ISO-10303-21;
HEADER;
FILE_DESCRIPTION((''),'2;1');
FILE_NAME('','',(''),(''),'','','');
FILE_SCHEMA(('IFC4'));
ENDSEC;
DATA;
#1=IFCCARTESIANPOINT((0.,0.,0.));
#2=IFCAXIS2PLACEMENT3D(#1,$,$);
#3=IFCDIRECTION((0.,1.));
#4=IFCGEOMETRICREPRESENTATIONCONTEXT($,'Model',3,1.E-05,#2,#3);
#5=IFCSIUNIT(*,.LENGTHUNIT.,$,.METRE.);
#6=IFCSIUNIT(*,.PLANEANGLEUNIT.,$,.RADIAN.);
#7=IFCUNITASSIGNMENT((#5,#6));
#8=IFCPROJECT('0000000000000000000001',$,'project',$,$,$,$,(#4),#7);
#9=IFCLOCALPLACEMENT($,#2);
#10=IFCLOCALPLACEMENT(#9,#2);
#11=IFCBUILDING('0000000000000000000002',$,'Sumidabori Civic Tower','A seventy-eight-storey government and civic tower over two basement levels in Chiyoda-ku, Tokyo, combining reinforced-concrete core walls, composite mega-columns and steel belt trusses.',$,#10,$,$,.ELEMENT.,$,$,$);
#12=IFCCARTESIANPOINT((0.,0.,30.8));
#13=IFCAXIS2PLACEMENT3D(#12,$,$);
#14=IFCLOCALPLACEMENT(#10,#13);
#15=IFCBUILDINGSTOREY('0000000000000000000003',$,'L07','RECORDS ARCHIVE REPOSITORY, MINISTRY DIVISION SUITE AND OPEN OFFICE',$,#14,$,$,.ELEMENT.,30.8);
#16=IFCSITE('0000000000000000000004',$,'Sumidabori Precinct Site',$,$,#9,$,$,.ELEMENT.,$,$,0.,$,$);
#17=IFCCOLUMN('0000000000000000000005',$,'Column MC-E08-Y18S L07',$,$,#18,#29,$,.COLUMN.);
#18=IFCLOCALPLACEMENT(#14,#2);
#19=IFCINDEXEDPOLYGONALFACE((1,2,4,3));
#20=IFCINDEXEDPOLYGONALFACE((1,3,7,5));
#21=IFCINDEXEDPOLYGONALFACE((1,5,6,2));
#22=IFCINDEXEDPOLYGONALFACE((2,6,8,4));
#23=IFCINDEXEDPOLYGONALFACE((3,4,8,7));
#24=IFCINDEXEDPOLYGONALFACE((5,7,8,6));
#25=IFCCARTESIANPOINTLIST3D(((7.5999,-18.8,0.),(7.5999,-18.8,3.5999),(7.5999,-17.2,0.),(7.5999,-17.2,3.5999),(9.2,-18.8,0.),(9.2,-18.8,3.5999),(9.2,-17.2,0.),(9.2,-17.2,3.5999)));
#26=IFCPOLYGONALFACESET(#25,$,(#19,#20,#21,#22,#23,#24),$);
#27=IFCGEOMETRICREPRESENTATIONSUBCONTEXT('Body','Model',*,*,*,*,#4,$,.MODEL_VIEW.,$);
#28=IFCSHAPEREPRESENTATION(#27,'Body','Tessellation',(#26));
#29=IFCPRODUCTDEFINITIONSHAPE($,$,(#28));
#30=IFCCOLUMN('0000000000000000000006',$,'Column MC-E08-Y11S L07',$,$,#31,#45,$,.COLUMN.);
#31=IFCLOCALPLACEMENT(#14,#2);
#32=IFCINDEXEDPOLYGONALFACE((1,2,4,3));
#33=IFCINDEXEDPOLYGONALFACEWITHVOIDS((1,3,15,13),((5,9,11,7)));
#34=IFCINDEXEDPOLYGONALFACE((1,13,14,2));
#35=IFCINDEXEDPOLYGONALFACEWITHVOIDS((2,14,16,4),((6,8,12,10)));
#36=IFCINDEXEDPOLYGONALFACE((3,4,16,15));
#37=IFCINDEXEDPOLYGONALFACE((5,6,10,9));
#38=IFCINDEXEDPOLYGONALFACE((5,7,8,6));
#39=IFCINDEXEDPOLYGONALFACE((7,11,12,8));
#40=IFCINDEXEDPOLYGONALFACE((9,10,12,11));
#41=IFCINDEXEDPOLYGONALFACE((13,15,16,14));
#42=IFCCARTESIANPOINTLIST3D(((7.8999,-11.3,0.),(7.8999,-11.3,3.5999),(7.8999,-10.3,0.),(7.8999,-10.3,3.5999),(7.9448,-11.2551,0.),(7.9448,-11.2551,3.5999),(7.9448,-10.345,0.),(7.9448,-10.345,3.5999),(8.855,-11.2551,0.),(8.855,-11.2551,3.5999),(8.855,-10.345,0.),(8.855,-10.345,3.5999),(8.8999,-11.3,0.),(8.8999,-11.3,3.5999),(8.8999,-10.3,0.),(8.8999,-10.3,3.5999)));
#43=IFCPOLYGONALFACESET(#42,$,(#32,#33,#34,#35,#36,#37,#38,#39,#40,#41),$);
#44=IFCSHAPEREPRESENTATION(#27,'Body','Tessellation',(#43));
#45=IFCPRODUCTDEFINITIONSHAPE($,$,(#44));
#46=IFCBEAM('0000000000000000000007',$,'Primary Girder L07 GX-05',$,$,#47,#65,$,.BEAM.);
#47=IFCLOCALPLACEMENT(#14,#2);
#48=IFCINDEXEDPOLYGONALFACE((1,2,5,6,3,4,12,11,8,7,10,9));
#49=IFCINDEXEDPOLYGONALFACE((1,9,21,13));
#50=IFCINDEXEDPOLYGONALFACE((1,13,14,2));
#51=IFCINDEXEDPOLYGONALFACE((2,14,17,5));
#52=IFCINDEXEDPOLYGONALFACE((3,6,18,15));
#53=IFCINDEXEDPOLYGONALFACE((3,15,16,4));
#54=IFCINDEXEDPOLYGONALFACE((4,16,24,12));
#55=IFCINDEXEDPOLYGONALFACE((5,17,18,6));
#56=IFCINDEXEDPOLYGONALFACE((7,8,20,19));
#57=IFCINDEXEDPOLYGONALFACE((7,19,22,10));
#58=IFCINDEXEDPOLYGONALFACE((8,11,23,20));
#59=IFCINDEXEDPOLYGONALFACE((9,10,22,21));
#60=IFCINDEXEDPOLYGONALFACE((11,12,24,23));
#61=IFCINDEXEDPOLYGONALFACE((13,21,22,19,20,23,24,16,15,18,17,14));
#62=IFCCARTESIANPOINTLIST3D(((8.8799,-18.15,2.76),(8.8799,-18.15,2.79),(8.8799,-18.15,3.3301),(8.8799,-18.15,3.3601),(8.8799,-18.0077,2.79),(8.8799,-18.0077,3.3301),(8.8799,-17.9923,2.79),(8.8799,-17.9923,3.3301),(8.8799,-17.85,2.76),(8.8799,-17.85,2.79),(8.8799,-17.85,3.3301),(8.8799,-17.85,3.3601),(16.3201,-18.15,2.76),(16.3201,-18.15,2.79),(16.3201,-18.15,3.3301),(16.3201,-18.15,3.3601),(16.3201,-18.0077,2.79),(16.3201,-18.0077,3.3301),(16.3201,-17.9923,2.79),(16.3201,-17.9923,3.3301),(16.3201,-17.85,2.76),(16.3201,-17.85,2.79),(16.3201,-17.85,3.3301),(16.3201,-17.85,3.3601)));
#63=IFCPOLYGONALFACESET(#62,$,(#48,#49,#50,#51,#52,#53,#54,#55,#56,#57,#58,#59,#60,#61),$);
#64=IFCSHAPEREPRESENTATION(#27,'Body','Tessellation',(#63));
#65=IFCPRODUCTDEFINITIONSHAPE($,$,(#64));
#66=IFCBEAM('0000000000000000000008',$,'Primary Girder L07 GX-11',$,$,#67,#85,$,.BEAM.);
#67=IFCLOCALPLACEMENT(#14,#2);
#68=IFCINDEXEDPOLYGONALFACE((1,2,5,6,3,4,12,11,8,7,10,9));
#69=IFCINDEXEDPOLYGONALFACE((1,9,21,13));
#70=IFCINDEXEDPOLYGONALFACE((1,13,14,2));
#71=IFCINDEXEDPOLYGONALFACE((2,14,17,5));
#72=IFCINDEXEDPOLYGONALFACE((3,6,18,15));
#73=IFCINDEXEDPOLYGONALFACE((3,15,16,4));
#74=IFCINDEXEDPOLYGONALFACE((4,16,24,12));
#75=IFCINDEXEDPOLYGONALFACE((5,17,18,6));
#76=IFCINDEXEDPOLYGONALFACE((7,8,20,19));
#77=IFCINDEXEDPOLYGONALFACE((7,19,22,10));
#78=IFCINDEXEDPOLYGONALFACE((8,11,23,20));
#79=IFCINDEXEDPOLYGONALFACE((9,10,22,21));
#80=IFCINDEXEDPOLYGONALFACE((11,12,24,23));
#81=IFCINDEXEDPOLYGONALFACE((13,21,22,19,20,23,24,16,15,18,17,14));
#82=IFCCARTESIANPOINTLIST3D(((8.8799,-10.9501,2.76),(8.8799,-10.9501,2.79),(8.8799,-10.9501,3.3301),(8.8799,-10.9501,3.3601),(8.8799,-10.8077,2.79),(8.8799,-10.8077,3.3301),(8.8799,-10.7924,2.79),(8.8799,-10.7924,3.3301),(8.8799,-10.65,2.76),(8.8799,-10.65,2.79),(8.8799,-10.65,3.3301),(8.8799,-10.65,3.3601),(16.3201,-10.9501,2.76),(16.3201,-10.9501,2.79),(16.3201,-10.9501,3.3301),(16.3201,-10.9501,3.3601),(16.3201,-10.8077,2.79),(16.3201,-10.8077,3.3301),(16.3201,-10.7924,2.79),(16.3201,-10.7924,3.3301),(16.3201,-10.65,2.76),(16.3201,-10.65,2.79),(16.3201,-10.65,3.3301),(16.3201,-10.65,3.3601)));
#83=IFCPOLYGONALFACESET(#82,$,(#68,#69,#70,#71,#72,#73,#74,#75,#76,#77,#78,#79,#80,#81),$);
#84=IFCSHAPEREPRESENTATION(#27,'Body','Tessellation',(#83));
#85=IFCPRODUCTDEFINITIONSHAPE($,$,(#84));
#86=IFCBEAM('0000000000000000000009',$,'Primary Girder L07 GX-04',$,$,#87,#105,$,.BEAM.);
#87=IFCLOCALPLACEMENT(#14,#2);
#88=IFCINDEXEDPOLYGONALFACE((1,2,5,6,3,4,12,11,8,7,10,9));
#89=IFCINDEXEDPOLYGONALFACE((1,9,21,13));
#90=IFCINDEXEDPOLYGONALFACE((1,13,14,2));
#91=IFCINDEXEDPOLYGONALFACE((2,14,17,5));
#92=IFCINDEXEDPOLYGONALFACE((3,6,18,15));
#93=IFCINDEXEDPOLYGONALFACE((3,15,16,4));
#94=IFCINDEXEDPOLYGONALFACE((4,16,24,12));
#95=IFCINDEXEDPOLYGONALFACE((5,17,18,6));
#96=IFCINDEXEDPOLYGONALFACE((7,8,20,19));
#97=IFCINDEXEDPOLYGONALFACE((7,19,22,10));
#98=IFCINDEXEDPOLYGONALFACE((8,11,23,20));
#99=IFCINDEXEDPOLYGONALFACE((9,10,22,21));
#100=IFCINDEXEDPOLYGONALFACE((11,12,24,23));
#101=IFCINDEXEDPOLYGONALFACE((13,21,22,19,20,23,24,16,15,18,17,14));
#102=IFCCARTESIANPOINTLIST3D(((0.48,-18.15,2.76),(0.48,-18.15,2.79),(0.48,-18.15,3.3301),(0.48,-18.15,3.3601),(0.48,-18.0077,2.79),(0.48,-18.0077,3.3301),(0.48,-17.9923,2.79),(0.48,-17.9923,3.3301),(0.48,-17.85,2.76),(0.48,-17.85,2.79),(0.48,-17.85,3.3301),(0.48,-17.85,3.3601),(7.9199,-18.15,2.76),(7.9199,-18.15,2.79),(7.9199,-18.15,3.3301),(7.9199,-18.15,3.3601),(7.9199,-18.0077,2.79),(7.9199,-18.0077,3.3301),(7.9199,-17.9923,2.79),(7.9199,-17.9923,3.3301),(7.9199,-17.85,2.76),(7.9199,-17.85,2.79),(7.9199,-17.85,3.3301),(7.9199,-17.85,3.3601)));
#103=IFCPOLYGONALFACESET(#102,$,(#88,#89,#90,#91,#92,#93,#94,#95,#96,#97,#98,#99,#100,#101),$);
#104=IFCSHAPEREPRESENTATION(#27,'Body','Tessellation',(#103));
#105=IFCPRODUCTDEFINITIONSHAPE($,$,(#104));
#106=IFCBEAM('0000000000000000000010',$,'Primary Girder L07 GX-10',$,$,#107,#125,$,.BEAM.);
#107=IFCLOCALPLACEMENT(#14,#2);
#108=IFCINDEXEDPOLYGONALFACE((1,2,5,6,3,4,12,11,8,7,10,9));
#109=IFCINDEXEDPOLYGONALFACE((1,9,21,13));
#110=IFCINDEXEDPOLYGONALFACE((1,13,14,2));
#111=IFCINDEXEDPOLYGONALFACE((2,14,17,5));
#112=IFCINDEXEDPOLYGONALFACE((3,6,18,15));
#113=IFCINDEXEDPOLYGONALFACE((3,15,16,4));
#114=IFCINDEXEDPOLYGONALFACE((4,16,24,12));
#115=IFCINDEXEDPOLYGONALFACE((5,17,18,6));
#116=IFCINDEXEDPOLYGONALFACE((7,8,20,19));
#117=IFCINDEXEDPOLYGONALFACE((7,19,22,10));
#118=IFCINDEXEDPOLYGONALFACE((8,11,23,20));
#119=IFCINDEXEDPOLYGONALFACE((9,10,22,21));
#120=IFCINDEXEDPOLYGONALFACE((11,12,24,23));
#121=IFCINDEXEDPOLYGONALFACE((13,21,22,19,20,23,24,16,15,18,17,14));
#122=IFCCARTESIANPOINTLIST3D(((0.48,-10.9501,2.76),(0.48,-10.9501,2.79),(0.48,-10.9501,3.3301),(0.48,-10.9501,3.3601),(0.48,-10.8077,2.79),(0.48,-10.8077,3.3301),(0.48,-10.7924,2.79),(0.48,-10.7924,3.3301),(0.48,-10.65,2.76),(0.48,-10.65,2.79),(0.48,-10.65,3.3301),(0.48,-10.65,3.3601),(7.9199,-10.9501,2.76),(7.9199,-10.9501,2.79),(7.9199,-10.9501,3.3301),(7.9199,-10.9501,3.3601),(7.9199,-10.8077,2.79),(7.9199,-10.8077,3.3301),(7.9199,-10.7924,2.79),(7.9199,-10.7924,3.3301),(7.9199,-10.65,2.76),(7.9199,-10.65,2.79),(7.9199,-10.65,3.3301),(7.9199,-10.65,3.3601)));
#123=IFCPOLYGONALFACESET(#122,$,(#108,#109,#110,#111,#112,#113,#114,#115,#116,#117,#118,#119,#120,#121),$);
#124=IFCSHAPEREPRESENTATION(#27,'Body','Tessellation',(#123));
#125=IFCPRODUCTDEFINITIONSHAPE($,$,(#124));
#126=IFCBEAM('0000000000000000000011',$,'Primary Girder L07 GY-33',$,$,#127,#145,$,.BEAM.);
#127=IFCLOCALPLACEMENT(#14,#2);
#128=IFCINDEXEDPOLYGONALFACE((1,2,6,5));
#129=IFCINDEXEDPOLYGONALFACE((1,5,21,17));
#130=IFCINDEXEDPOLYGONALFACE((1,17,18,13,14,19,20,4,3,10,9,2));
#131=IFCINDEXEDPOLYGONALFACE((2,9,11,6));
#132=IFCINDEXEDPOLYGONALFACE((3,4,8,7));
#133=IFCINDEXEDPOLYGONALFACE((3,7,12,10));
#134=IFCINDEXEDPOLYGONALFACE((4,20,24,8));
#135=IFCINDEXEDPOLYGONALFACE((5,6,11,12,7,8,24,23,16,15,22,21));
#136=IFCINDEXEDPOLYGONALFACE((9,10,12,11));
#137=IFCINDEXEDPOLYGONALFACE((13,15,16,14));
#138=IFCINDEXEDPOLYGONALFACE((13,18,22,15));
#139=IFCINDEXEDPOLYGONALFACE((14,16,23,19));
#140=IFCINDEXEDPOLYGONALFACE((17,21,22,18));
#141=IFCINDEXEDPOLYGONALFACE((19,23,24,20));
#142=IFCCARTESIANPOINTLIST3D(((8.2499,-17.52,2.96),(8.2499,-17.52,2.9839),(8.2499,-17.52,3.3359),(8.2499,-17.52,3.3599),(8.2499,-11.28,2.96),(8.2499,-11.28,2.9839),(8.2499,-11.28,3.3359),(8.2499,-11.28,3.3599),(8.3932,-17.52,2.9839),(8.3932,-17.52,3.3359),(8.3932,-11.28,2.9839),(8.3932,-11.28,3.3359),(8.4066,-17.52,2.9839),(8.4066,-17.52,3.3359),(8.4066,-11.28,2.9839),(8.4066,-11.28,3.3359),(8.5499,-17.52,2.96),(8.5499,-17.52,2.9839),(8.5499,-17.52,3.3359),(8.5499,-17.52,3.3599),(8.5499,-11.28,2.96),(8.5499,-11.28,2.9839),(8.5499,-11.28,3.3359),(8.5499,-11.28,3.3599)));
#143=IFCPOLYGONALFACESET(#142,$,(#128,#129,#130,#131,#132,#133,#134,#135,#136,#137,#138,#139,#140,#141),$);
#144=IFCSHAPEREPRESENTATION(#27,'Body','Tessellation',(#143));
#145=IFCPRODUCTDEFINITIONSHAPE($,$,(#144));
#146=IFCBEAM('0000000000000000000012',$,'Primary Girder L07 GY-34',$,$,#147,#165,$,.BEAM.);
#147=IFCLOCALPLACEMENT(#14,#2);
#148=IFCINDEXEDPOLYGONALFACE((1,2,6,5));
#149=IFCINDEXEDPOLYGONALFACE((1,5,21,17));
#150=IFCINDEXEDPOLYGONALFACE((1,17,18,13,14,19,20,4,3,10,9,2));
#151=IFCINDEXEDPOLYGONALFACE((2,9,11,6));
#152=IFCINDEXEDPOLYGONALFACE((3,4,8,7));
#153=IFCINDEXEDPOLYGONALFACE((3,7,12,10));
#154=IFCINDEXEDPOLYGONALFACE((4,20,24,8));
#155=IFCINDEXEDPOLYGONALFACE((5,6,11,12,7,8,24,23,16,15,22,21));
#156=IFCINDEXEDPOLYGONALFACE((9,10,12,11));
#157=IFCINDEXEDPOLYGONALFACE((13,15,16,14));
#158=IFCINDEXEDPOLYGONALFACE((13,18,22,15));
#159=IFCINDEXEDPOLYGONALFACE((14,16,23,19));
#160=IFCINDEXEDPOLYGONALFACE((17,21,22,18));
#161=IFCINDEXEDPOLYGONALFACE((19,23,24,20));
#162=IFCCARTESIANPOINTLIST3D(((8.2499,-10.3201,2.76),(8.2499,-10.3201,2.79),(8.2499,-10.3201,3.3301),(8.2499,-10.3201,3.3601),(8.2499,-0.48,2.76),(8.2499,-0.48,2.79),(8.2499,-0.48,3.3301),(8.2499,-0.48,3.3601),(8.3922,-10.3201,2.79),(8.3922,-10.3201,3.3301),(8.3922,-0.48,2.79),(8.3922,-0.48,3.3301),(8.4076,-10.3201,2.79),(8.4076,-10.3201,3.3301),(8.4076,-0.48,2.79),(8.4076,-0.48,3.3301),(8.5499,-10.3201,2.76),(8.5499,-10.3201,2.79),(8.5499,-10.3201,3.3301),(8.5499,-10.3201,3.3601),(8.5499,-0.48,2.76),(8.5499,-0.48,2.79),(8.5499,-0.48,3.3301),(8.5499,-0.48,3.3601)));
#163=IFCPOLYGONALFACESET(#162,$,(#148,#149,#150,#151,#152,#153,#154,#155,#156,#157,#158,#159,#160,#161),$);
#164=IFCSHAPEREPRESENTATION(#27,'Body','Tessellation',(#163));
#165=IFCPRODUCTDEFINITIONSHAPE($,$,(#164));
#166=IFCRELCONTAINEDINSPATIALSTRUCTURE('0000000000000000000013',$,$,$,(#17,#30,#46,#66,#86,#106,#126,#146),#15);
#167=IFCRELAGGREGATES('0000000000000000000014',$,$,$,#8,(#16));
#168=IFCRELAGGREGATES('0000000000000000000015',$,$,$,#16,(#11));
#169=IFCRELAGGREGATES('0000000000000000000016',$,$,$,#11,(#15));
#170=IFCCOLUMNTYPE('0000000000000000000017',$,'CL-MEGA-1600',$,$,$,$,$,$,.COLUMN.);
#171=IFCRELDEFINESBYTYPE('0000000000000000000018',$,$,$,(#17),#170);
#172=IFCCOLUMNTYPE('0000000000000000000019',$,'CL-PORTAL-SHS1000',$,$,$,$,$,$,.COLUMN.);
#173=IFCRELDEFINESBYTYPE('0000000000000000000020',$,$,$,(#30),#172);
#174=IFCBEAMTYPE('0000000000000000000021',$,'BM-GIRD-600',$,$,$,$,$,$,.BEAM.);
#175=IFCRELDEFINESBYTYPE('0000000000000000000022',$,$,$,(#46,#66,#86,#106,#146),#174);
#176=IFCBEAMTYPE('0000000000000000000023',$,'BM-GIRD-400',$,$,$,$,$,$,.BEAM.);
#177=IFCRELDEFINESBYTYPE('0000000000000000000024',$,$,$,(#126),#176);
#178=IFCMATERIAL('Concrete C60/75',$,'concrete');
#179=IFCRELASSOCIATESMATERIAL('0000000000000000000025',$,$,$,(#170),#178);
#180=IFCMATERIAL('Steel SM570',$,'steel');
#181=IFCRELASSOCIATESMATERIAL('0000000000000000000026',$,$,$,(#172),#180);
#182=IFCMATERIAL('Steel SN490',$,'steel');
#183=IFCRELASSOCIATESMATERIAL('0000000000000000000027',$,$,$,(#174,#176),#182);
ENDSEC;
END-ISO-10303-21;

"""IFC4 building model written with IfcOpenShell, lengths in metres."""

from ifc_helpers import new_model, si_unit, direction, frame, origin, origin_2d, place, context, subcontext, project, spatial, rectangle, hollow_rectangle, i_section, extrude, source, transform, mapped, material, material_profile, profile_set, type_object, element, save


model = new_model("IFC4")

# Units and contexts
model_context = context("Model", 3, precision=1e-05, world=origin(), true_north=direction((0.0, 1.0)))
body_context = subcontext(model_context, "Body", "Model", "MODEL_VIEW")
ifc_project = project(units=[si_unit("LENGTHUNIT", "METRE"), si_unit("PLANEANGLEUNIT", "RADIAN")], contexts=[model_context])

# Site, building, storey
site_placement = place(None, origin())
site = spatial("IfcSite", under=ifc_project, at=site_placement, Name="Sumidabori Precinct Site", CompositionType="ELEMENT", RefElevation=0.0)
building_placement = place(site_placement, origin())
building = spatial("IfcBuilding", under=site, at=building_placement, Name="Sumidabori Civic Tower", Description="A seventy-eight-storey government and civic tower over two basement levels in Chiyoda-ku, Tokyo, combining reinforced-concrete core walls, composite mega-columns and steel belt trusses.", CompositionType="ELEMENT")
storey_placement = place(building_placement, frame((0.0, 0.0, 30.8)))
storey = spatial("IfcBuildingStorey", under=building, at=storey_placement, Name="L07", Description="RECORDS ARCHIVE REPOSITORY, MINISTRY DIVISION SUITE AND OPEN OFFICE", CompositionType="ELEMENT", Elevation=30.8)

# Columns
ifc_material_1 = material(Name="Concrete C60/75", Category="concrete")
ifc_material_profile_1 = material_profile(ifc_material_1, rectangle(XDim=1.6001, YDim=1.6001, at=origin_2d()), Name="RC 1600x1600")
ifc_profile_set_1 = profile_set([ifc_material_profile_1], Name="Concrete C60/75")
column_type_1 = type_object("IfcColumnType", Name="CL-MEGA-1600", PredefinedType="COLUMN", material=ifc_profile_set_1)
shared_shape_1 = source(origin(), body_context, "Body", "SweptSolid", [
    extrude(rectangle(XDim=1.6001, YDim=1.6001, at=origin_2d()), origin(), (0.0, 0.0, 1.0), 3.5999),
])
column_1_placement = place(storey_placement, frame((8.3999, -18.0, 0.0), z_axis=(0.0, 0.0, 1.0), x_axis=(1.0, 0.0, 0.0)))
element("IfcColumn", 1, at=column_1_placement, inside=storey, type_object=column_type_1, Name="Column MC-E08-Y18S L07", PredefinedType="COLUMN", context=body_context, shape_type="MappedRepresentation", body=[
    mapped(shared_shape_1, transform((0.0, 0.0, 0.0), x_axis=(1.0, 0.0, 0.0), y_axis=(0.0, 1.0, 0.0), z_axis=(0.0, 0.0, 1.0), scale=1.0)),
])
ifc_material_2 = material(Name="Steel SM570", Category="steel")
ifc_material_profile_2 = material_profile(ifc_material_2, hollow_rectangle(XDim=1.0, YDim=1.0, WallThickness=0.0449, at=origin_2d()), Name="SHS 1000x1000x45")
ifc_profile_set_2 = profile_set([ifc_material_profile_2], Name="Steel SM570")
column_type_2 = type_object("IfcColumnType", Name="CL-PORTAL-SHS1000", PredefinedType="COLUMN", material=ifc_profile_set_2)
shared_shape_2 = source(origin(), body_context, "Body", "SweptSolid", [
    extrude(hollow_rectangle(XDim=1.0, YDim=1.0, WallThickness=0.0449, at=origin_2d()), origin(), (0.0, 0.0, 1.0), 3.5999),
])
column_2_placement = place(storey_placement, frame((8.3999, -10.8, 0.0), z_axis=(0.0, 0.0, 1.0), x_axis=(1.0, 0.0, 0.0)))
element("IfcColumn", 2, at=column_2_placement, inside=storey, type_object=column_type_2, Name="Column MC-E08-Y11S L07", PredefinedType="COLUMN", context=body_context, shape_type="MappedRepresentation", body=[
    mapped(shared_shape_2, transform((0.0, 0.0, 0.0), x_axis=(1.0, 0.0, 0.0), y_axis=(0.0, 1.0, 0.0), z_axis=(0.0, 0.0, 1.0), scale=1.0)),
])

# Beams
ifc_material_3 = material(Name="Steel SN490", Category="steel")
ifc_material_profile_3 = material_profile(ifc_material_3, i_section(OverallWidth=0.3, OverallDepth=0.6001, WebThickness=0.0154, FlangeThickness=0.03, at=origin_2d()), Name="HE 600 B")
ifc_profile_set_3 = profile_set([ifc_material_profile_3], Name="Steel SN490")
beam_type_1 = type_object("IfcBeamType", Name="BM-GIRD-600", PredefinedType="BEAM", material=ifc_profile_set_3)
shared_shape_3 = source(origin(), body_context, "Body", "SweptSolid", [
    extrude(i_section(OverallWidth=0.3, OverallDepth=0.6001, WebThickness=0.0154, FlangeThickness=0.03, at=origin_2d()), origin(), (0.0, 0.0, 1.0), 7.4402),
])
for number, where, z_axis, x_axis, name in (
    (3, (8.8799, -18.0, 3.0601), (1.0, 0.0, 0.0), (0.0, 1.0, 0.0), "Primary Girder L07 GX-05"),
    (4, (8.8799, -10.8, 3.0601), (1.0, 0.0, 0.0), (0.0, 1.0, 0.0), "Primary Girder L07 GX-11"),
):
    element("IfcBeam", number, at=place(storey_placement, frame(where, z_axis=z_axis, x_axis=x_axis)), inside=storey, type_object=beam_type_1, Name=name, PredefinedType="BEAM", context=body_context, shape_type="MappedRepresentation", body=[
        mapped(shared_shape_3, transform((0.0, 0.0, 0.0), x_axis=(1.0, 0.0, 0.0), y_axis=(0.0, 1.0, 0.0), z_axis=(0.0, 0.0, 1.0), scale=1.0)),
    ])
shared_shape_4 = source(origin(), body_context, "Body", "SweptSolid", [
    extrude(i_section(OverallWidth=0.3, OverallDepth=0.6001, WebThickness=0.0154, FlangeThickness=0.03, at=origin_2d()), origin(), (0.0, 0.0, 1.0), 7.4399),
])
for number, where, z_axis, x_axis, name in (
    (5, (0.48, -18.0, 3.0601), (1.0, 0.0, 0.0), (0.0, 1.0, 0.0), "Primary Girder L07 GX-04"),
    (6, (0.48, -10.8, 3.0601), (1.0, 0.0, 0.0), (0.0, 1.0, 0.0), "Primary Girder L07 GX-10"),
):
    element("IfcBeam", number, at=place(storey_placement, frame(where, z_axis=z_axis, x_axis=x_axis)), inside=storey, type_object=beam_type_1, Name=name, PredefinedType="BEAM", context=body_context, shape_type="MappedRepresentation", body=[
        mapped(shared_shape_4, transform((0.0, 0.0, 0.0), x_axis=(1.0, 0.0, 0.0), y_axis=(0.0, 1.0, 0.0), z_axis=(0.0, 0.0, 1.0), scale=1.0)),
    ])
ifc_material_profile_4 = material_profile(ifc_material_3, i_section(OverallWidth=0.3, OverallDepth=0.3999, WebThickness=0.0134, FlangeThickness=0.0239, at=origin_2d()), Name="HE 400 B")
ifc_profile_set_4 = profile_set([ifc_material_profile_4], Name="Steel SN490")
beam_type_2 = type_object("IfcBeamType", Name="BM-GIRD-400", PredefinedType="BEAM", material=ifc_profile_set_4)
shared_shape_5 = source(origin(), body_context, "Body", "SweptSolid", [
    extrude(i_section(OverallWidth=0.3, OverallDepth=0.3999, WebThickness=0.0134, FlangeThickness=0.0239, at=origin_2d()), origin(), (0.0, 0.0, 1.0), 6.24),
])
beam_1_placement = place(storey_placement, frame((8.3999, -17.52, 3.1599), z_axis=(0.0, 1.0, 0.0), x_axis=(-1.0, 0.0, 0.0)))
element("IfcBeam", 7, at=beam_1_placement, inside=storey, type_object=beam_type_2, Name="Primary Girder L07 GY-33", PredefinedType="BEAM", context=body_context, shape_type="MappedRepresentation", body=[
    mapped(shared_shape_5, transform((0.0, 0.0, 0.0), x_axis=(1.0, 0.0, 0.0), y_axis=(0.0, 1.0, 0.0), z_axis=(0.0, 0.0, 1.0), scale=1.0)),
])
shared_shape_6 = source(origin(), body_context, "Body", "SweptSolid", [
    extrude(i_section(OverallWidth=0.3, OverallDepth=0.6001, WebThickness=0.0154, FlangeThickness=0.03, at=origin_2d()), origin(), (0.0, 0.0, 1.0), 9.8401),
])
beam_2_placement = place(storey_placement, frame((8.3999, -10.3201, 3.0601), z_axis=(0.0, 1.0, 0.0), x_axis=(-1.0, 0.0, 0.0)))
element("IfcBeam", 8, at=beam_2_placement, inside=storey, type_object=beam_type_1, Name="Primary Girder L07 GY-34", PredefinedType="BEAM", context=body_context, shape_type="MappedRepresentation", body=[
    mapped(shared_shape_6, transform((0.0, 0.0, 0.0), x_axis=(1.0, 0.0, 0.0), y_axis=(0.0, 1.0, 0.0), z_axis=(0.0, 0.0, 1.0), scale=1.0)),
])

save(model, "model.ifc")
